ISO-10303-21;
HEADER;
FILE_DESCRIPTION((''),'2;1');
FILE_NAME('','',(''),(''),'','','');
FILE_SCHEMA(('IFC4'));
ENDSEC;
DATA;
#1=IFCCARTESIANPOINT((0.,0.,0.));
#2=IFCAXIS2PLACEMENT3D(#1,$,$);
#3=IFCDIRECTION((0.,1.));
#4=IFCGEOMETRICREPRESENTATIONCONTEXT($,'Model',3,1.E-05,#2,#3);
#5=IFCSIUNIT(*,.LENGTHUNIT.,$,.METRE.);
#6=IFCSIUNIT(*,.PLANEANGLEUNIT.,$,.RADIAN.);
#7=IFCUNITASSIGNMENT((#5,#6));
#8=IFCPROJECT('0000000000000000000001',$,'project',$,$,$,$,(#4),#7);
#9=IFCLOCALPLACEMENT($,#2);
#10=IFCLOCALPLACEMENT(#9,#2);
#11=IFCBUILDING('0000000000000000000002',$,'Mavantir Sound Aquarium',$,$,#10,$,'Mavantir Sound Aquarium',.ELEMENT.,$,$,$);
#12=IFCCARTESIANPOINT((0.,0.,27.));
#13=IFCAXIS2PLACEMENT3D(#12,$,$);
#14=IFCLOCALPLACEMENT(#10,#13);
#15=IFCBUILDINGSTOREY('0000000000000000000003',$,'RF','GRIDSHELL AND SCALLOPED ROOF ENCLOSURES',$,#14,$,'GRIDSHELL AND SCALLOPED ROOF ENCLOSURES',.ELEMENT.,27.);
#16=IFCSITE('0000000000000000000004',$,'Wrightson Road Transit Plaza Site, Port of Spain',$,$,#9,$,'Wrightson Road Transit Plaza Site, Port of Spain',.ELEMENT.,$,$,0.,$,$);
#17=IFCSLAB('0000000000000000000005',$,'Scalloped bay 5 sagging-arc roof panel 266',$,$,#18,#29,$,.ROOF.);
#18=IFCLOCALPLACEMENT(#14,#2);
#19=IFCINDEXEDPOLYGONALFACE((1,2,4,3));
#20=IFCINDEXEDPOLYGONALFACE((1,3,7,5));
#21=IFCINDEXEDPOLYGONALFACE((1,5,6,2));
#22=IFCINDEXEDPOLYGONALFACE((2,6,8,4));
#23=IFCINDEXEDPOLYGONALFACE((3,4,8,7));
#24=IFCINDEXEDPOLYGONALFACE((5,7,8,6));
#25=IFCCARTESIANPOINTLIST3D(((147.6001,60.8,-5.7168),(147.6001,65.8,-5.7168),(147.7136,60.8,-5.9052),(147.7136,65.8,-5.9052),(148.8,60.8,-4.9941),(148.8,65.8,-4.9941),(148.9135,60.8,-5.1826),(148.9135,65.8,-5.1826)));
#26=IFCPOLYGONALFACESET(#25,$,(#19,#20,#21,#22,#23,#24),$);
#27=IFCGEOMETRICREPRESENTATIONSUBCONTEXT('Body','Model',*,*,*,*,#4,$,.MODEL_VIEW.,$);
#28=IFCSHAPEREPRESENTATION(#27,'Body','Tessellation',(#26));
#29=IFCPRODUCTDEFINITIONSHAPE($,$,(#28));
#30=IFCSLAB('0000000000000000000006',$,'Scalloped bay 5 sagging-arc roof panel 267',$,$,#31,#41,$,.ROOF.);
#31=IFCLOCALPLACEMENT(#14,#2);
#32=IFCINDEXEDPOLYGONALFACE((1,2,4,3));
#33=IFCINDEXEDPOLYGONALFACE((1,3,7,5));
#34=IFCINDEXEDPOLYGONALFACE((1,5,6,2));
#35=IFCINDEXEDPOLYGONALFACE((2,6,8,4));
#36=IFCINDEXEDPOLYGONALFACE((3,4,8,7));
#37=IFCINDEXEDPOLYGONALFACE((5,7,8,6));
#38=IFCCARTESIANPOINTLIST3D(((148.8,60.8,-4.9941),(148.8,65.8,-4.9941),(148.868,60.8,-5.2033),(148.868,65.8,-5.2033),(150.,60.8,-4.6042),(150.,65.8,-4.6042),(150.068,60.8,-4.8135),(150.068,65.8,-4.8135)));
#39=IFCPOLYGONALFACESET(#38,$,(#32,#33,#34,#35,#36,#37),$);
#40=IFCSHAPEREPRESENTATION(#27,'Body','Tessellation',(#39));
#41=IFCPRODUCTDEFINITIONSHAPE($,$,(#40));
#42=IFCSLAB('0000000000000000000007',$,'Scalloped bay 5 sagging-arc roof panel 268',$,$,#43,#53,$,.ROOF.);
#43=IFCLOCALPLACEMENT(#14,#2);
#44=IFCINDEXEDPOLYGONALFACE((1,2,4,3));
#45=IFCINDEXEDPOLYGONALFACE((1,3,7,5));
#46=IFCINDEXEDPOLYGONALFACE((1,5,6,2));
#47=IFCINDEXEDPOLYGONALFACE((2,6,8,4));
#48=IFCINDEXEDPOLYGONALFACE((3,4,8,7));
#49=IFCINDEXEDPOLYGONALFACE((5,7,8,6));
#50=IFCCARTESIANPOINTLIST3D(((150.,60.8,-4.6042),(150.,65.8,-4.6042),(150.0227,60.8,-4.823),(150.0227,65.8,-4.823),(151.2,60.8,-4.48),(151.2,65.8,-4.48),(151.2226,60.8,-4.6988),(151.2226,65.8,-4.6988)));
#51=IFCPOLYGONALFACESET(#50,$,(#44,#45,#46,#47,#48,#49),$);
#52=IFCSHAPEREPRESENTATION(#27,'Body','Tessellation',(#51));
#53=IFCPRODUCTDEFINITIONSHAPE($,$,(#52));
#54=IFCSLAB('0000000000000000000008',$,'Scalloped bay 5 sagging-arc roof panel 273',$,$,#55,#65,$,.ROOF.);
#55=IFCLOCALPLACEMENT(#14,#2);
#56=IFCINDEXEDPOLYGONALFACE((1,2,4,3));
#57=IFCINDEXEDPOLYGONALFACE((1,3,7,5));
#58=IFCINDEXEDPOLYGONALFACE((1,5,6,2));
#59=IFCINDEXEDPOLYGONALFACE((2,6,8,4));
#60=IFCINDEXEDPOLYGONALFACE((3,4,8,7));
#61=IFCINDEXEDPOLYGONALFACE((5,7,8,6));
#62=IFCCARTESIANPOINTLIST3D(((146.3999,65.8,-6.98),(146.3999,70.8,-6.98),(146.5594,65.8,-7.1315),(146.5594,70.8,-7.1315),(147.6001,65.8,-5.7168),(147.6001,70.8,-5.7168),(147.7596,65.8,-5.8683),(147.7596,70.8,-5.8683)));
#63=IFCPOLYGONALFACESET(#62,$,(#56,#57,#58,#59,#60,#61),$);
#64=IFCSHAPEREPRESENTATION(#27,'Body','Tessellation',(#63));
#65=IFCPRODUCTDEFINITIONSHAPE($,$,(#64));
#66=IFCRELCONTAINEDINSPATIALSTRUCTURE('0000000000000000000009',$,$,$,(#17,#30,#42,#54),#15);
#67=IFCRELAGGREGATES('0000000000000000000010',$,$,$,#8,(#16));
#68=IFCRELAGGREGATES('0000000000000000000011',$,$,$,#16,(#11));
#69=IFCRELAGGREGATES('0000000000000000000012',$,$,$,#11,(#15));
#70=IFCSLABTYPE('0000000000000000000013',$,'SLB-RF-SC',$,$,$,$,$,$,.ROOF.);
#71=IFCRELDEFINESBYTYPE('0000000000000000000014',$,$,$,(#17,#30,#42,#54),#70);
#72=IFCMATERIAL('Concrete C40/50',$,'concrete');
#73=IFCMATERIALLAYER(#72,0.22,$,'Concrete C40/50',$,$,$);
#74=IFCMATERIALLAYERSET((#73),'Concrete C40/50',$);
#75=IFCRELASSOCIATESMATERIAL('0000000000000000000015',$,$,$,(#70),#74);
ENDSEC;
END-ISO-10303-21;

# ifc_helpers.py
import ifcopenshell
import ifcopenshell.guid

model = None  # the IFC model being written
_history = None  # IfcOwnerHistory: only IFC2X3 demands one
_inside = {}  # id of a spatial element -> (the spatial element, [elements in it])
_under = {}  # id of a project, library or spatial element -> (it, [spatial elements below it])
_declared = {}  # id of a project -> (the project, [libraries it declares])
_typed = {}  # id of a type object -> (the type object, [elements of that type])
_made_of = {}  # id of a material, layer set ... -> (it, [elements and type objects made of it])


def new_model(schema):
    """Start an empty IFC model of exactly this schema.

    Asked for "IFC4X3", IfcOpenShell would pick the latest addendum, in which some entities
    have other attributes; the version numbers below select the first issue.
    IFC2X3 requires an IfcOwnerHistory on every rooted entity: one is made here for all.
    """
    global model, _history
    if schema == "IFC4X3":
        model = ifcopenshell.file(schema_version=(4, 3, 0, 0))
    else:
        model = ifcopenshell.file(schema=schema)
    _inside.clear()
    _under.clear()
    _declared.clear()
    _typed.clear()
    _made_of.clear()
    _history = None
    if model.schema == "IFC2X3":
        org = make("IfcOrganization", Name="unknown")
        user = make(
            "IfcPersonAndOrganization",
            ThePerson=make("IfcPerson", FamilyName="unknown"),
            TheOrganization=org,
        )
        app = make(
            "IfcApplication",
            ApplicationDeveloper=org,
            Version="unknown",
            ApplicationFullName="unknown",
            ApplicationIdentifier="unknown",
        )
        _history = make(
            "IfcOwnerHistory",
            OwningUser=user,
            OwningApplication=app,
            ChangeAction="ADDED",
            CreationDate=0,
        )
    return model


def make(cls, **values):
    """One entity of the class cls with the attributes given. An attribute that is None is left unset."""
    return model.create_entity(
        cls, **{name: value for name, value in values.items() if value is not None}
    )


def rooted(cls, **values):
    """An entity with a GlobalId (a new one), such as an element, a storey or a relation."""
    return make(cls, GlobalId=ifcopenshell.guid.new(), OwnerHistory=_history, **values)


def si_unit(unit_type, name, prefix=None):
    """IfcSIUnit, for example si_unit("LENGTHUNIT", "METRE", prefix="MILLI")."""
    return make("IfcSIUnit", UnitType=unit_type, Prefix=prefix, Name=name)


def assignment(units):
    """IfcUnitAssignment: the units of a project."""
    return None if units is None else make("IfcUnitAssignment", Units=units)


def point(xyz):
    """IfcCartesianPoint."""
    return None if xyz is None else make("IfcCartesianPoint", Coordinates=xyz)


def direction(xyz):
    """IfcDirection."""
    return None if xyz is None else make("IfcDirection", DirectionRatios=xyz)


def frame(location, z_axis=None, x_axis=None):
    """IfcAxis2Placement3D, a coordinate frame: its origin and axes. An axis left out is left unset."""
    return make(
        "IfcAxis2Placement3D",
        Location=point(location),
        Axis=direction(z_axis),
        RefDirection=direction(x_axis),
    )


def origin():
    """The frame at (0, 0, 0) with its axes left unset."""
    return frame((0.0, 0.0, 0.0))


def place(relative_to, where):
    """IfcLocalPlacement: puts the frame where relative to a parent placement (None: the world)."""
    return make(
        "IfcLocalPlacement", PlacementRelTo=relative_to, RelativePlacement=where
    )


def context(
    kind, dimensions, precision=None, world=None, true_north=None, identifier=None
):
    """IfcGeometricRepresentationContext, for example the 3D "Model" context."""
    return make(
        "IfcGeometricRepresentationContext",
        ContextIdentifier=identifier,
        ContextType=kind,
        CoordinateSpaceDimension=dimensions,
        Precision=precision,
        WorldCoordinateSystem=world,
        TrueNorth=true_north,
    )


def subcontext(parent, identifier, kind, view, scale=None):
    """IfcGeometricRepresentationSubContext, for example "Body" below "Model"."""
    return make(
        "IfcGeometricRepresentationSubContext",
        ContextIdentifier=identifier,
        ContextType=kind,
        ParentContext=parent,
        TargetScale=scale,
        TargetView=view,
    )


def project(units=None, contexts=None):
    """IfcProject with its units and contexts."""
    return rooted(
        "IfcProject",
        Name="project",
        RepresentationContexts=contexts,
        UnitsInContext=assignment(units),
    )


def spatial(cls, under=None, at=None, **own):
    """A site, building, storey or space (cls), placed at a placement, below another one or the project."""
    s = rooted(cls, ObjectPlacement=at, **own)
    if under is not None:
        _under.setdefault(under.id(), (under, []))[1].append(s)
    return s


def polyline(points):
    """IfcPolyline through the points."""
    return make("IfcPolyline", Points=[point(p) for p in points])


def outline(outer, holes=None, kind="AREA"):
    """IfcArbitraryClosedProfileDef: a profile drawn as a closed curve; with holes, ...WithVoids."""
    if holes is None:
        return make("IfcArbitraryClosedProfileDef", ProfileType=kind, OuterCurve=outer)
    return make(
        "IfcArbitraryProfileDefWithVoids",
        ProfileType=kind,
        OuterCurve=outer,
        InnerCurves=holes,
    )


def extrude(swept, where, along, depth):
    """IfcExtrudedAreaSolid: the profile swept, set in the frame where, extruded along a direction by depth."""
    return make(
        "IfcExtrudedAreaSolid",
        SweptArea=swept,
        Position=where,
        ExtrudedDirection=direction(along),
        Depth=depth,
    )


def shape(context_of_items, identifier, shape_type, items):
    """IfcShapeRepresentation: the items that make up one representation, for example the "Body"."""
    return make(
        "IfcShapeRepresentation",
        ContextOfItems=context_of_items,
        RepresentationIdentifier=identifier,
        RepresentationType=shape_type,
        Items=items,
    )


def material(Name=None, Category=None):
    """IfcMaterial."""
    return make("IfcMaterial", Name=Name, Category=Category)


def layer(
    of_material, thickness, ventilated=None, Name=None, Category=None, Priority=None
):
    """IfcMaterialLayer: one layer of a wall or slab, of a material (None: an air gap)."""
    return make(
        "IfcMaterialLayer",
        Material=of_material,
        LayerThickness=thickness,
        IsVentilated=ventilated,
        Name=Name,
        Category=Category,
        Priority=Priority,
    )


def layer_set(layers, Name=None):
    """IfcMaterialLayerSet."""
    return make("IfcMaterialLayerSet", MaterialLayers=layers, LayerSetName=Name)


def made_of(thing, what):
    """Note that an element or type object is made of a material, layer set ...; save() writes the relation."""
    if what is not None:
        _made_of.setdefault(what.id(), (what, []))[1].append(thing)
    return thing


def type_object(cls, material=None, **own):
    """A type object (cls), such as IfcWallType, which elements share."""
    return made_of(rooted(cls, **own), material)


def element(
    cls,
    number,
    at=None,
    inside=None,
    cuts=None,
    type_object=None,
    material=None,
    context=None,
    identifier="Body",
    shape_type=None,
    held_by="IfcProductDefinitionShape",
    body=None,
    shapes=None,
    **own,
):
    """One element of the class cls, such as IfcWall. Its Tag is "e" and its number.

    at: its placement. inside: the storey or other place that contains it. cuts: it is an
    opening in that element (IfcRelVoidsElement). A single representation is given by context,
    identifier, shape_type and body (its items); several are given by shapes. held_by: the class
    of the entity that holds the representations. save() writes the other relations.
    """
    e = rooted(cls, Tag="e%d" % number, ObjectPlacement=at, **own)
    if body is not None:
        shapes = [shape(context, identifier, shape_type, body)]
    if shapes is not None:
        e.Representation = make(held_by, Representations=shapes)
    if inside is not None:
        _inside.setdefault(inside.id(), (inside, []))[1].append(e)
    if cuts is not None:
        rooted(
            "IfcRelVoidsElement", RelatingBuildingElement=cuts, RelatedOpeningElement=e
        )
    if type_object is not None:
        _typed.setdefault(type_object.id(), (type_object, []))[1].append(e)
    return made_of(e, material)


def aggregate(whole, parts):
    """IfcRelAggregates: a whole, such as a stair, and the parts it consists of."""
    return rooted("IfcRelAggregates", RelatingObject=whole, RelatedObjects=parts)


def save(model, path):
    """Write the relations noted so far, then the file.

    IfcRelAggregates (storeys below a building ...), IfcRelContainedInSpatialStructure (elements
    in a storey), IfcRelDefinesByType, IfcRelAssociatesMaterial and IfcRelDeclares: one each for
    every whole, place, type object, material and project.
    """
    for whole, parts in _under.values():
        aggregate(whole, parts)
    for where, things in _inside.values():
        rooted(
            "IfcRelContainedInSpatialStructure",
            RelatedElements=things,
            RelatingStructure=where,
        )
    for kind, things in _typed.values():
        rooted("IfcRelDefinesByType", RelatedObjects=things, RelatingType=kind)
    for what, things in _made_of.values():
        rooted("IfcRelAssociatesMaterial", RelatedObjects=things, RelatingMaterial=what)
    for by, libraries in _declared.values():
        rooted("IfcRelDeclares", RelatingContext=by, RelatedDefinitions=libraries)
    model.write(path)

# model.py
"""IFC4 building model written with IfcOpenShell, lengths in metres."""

from ifc_helpers import new_model, si_unit, direction, frame, origin, place, context, subcontext, project, spatial, polyline, outline, extrude, material, layer, layer_set, type_object, element, save


model = new_model("IFC4")

# Units and contexts
model_context = context("Model", 3, precision=1e-05, world=origin(), true_north=direction((0.0, 1.0)))
body_context = subcontext(model_context, "Body", "Model", "MODEL_VIEW")
ifc_project = project(units=[si_unit("LENGTHUNIT", "METRE"), si_unit("PLANEANGLEUNIT", "RADIAN")], contexts=[model_context])

# Site, building, storey
site_placement = place(None, origin())
site = spatial("IfcSite", under=ifc_project, at=site_placement, Name="Wrightson Road Transit Plaza Site, Port of Spain", LongName="Wrightson Road Transit Plaza Site, Port of Spain", CompositionType="ELEMENT", RefElevation=0.0)
building_placement = place(site_placement, origin())
building = spatial("IfcBuilding", under=site, at=building_placement, Name="Mavantir Sound Aquarium", LongName="Mavantir Sound Aquarium", CompositionType="ELEMENT")
storey_placement = place(building_placement, frame((0.0, 0.0, 27.0)))
storey = spatial("IfcBuildingStorey", under=building, at=storey_placement, Name="RF", Description="GRIDSHELL AND SCALLOPED ROOF ENCLOSURES", LongName="GRIDSHELL AND SCALLOPED ROOF ENCLOSURES", CompositionType="ELEMENT", Elevation=27.0)

# Shared definitions
ifc_material_1 = material(Name="Concrete C40/50", Category="concrete")

# Slabs
ifc_layer_1 = layer(ifc_material_1, 0.22, Name="Concrete C40/50")
ifc_layer_set_1 = layer_set([ifc_layer_1], Name="Concrete C40/50")
slab_type = type_object("IfcSlabType", Name="SLB-RF-SC", PredefinedType="ROOF", material=ifc_layer_set_1)
slab_1_placement = place(storey_placement, frame((147.6001, 60.8, -5.7168), z_axis=(-0.515905, 0.0, 0.856646), x_axis=(0.856646, 0.0, 0.515905)))
element("IfcSlab", 1, at=slab_1_placement, inside=storey, type_object=slab_type, Name="Scalloped bay 5 sagging-arc roof panel 266", PredefinedType="ROOF", context=body_context, shape_type="SweptSolid", body=[
    extrude(outline(polyline([(0.0, 0.0), (1.4008, 0.0), (1.4008, 5.0), (0.0, 5.0), (0.0, 0.0)])), origin(), (0.0, 0.0, -1.0), 0.22),
])
slab_2_placement = place(storey_placement, frame((148.8, 60.8, -4.9941), z_axis=(-0.30902, 0.0, 0.951055), x_axis=(0.951055, 0.0, 0.30902)))
element("IfcSlab", 2, at=slab_2_placement, inside=storey, type_object=slab_type, Name="Scalloped bay 5 sagging-arc roof panel 267", PredefinedType="ROOF", context=body_context, shape_type="SweptSolid", body=[
    extrude(outline(polyline([(0.0, 0.0), (1.2617, 0.0), (1.2617, 5.0), (0.0, 5.0), (0.0, 0.0)])), origin(), (0.0, 0.0, -1.0), 0.22),
])
slab_3_placement = place(storey_placement, frame((150.0, 60.8, -4.6042), z_axis=(-0.10301, 0.0, 0.99468), x_axis=(0.99468, 0.0, 0.10301)))
element("IfcSlab", 3, at=slab_3_placement, inside=storey, type_object=slab_type, Name="Scalloped bay 5 sagging-arc roof panel 268", PredefinedType="ROOF", context=body_context, shape_type="SweptSolid", body=[
    extrude(outline(polyline([(0.0, 0.0), (1.2064, 0.0), (1.2064, 5.0), (0.0, 5.0), (0.0, 0.0)])), origin(), (0.0, 0.0, -1.0), 0.22),
])
slab_4_placement = place(storey_placement, frame((146.3999, 65.8, -6.98), z_axis=(-0.72495, 0.0, 0.688801), x_axis=(0.688801, 0.0, 0.72495)))
element("IfcSlab", 4, at=slab_4_placement, inside=storey, type_object=slab_type, Name="Scalloped bay 5 sagging-arc roof panel 273", PredefinedType="ROOF", context=body_context, shape_type="SweptSolid", body=[
    extrude(outline(polyline([(0.0, 0.0), (1.7424, 0.0), (1.7424, 5.0), (0.0, 5.0), (0.0, 0.0)])), origin(), (0.0, 0.0, -1.0), 0.22),
])

save(model, "model.ifc")
